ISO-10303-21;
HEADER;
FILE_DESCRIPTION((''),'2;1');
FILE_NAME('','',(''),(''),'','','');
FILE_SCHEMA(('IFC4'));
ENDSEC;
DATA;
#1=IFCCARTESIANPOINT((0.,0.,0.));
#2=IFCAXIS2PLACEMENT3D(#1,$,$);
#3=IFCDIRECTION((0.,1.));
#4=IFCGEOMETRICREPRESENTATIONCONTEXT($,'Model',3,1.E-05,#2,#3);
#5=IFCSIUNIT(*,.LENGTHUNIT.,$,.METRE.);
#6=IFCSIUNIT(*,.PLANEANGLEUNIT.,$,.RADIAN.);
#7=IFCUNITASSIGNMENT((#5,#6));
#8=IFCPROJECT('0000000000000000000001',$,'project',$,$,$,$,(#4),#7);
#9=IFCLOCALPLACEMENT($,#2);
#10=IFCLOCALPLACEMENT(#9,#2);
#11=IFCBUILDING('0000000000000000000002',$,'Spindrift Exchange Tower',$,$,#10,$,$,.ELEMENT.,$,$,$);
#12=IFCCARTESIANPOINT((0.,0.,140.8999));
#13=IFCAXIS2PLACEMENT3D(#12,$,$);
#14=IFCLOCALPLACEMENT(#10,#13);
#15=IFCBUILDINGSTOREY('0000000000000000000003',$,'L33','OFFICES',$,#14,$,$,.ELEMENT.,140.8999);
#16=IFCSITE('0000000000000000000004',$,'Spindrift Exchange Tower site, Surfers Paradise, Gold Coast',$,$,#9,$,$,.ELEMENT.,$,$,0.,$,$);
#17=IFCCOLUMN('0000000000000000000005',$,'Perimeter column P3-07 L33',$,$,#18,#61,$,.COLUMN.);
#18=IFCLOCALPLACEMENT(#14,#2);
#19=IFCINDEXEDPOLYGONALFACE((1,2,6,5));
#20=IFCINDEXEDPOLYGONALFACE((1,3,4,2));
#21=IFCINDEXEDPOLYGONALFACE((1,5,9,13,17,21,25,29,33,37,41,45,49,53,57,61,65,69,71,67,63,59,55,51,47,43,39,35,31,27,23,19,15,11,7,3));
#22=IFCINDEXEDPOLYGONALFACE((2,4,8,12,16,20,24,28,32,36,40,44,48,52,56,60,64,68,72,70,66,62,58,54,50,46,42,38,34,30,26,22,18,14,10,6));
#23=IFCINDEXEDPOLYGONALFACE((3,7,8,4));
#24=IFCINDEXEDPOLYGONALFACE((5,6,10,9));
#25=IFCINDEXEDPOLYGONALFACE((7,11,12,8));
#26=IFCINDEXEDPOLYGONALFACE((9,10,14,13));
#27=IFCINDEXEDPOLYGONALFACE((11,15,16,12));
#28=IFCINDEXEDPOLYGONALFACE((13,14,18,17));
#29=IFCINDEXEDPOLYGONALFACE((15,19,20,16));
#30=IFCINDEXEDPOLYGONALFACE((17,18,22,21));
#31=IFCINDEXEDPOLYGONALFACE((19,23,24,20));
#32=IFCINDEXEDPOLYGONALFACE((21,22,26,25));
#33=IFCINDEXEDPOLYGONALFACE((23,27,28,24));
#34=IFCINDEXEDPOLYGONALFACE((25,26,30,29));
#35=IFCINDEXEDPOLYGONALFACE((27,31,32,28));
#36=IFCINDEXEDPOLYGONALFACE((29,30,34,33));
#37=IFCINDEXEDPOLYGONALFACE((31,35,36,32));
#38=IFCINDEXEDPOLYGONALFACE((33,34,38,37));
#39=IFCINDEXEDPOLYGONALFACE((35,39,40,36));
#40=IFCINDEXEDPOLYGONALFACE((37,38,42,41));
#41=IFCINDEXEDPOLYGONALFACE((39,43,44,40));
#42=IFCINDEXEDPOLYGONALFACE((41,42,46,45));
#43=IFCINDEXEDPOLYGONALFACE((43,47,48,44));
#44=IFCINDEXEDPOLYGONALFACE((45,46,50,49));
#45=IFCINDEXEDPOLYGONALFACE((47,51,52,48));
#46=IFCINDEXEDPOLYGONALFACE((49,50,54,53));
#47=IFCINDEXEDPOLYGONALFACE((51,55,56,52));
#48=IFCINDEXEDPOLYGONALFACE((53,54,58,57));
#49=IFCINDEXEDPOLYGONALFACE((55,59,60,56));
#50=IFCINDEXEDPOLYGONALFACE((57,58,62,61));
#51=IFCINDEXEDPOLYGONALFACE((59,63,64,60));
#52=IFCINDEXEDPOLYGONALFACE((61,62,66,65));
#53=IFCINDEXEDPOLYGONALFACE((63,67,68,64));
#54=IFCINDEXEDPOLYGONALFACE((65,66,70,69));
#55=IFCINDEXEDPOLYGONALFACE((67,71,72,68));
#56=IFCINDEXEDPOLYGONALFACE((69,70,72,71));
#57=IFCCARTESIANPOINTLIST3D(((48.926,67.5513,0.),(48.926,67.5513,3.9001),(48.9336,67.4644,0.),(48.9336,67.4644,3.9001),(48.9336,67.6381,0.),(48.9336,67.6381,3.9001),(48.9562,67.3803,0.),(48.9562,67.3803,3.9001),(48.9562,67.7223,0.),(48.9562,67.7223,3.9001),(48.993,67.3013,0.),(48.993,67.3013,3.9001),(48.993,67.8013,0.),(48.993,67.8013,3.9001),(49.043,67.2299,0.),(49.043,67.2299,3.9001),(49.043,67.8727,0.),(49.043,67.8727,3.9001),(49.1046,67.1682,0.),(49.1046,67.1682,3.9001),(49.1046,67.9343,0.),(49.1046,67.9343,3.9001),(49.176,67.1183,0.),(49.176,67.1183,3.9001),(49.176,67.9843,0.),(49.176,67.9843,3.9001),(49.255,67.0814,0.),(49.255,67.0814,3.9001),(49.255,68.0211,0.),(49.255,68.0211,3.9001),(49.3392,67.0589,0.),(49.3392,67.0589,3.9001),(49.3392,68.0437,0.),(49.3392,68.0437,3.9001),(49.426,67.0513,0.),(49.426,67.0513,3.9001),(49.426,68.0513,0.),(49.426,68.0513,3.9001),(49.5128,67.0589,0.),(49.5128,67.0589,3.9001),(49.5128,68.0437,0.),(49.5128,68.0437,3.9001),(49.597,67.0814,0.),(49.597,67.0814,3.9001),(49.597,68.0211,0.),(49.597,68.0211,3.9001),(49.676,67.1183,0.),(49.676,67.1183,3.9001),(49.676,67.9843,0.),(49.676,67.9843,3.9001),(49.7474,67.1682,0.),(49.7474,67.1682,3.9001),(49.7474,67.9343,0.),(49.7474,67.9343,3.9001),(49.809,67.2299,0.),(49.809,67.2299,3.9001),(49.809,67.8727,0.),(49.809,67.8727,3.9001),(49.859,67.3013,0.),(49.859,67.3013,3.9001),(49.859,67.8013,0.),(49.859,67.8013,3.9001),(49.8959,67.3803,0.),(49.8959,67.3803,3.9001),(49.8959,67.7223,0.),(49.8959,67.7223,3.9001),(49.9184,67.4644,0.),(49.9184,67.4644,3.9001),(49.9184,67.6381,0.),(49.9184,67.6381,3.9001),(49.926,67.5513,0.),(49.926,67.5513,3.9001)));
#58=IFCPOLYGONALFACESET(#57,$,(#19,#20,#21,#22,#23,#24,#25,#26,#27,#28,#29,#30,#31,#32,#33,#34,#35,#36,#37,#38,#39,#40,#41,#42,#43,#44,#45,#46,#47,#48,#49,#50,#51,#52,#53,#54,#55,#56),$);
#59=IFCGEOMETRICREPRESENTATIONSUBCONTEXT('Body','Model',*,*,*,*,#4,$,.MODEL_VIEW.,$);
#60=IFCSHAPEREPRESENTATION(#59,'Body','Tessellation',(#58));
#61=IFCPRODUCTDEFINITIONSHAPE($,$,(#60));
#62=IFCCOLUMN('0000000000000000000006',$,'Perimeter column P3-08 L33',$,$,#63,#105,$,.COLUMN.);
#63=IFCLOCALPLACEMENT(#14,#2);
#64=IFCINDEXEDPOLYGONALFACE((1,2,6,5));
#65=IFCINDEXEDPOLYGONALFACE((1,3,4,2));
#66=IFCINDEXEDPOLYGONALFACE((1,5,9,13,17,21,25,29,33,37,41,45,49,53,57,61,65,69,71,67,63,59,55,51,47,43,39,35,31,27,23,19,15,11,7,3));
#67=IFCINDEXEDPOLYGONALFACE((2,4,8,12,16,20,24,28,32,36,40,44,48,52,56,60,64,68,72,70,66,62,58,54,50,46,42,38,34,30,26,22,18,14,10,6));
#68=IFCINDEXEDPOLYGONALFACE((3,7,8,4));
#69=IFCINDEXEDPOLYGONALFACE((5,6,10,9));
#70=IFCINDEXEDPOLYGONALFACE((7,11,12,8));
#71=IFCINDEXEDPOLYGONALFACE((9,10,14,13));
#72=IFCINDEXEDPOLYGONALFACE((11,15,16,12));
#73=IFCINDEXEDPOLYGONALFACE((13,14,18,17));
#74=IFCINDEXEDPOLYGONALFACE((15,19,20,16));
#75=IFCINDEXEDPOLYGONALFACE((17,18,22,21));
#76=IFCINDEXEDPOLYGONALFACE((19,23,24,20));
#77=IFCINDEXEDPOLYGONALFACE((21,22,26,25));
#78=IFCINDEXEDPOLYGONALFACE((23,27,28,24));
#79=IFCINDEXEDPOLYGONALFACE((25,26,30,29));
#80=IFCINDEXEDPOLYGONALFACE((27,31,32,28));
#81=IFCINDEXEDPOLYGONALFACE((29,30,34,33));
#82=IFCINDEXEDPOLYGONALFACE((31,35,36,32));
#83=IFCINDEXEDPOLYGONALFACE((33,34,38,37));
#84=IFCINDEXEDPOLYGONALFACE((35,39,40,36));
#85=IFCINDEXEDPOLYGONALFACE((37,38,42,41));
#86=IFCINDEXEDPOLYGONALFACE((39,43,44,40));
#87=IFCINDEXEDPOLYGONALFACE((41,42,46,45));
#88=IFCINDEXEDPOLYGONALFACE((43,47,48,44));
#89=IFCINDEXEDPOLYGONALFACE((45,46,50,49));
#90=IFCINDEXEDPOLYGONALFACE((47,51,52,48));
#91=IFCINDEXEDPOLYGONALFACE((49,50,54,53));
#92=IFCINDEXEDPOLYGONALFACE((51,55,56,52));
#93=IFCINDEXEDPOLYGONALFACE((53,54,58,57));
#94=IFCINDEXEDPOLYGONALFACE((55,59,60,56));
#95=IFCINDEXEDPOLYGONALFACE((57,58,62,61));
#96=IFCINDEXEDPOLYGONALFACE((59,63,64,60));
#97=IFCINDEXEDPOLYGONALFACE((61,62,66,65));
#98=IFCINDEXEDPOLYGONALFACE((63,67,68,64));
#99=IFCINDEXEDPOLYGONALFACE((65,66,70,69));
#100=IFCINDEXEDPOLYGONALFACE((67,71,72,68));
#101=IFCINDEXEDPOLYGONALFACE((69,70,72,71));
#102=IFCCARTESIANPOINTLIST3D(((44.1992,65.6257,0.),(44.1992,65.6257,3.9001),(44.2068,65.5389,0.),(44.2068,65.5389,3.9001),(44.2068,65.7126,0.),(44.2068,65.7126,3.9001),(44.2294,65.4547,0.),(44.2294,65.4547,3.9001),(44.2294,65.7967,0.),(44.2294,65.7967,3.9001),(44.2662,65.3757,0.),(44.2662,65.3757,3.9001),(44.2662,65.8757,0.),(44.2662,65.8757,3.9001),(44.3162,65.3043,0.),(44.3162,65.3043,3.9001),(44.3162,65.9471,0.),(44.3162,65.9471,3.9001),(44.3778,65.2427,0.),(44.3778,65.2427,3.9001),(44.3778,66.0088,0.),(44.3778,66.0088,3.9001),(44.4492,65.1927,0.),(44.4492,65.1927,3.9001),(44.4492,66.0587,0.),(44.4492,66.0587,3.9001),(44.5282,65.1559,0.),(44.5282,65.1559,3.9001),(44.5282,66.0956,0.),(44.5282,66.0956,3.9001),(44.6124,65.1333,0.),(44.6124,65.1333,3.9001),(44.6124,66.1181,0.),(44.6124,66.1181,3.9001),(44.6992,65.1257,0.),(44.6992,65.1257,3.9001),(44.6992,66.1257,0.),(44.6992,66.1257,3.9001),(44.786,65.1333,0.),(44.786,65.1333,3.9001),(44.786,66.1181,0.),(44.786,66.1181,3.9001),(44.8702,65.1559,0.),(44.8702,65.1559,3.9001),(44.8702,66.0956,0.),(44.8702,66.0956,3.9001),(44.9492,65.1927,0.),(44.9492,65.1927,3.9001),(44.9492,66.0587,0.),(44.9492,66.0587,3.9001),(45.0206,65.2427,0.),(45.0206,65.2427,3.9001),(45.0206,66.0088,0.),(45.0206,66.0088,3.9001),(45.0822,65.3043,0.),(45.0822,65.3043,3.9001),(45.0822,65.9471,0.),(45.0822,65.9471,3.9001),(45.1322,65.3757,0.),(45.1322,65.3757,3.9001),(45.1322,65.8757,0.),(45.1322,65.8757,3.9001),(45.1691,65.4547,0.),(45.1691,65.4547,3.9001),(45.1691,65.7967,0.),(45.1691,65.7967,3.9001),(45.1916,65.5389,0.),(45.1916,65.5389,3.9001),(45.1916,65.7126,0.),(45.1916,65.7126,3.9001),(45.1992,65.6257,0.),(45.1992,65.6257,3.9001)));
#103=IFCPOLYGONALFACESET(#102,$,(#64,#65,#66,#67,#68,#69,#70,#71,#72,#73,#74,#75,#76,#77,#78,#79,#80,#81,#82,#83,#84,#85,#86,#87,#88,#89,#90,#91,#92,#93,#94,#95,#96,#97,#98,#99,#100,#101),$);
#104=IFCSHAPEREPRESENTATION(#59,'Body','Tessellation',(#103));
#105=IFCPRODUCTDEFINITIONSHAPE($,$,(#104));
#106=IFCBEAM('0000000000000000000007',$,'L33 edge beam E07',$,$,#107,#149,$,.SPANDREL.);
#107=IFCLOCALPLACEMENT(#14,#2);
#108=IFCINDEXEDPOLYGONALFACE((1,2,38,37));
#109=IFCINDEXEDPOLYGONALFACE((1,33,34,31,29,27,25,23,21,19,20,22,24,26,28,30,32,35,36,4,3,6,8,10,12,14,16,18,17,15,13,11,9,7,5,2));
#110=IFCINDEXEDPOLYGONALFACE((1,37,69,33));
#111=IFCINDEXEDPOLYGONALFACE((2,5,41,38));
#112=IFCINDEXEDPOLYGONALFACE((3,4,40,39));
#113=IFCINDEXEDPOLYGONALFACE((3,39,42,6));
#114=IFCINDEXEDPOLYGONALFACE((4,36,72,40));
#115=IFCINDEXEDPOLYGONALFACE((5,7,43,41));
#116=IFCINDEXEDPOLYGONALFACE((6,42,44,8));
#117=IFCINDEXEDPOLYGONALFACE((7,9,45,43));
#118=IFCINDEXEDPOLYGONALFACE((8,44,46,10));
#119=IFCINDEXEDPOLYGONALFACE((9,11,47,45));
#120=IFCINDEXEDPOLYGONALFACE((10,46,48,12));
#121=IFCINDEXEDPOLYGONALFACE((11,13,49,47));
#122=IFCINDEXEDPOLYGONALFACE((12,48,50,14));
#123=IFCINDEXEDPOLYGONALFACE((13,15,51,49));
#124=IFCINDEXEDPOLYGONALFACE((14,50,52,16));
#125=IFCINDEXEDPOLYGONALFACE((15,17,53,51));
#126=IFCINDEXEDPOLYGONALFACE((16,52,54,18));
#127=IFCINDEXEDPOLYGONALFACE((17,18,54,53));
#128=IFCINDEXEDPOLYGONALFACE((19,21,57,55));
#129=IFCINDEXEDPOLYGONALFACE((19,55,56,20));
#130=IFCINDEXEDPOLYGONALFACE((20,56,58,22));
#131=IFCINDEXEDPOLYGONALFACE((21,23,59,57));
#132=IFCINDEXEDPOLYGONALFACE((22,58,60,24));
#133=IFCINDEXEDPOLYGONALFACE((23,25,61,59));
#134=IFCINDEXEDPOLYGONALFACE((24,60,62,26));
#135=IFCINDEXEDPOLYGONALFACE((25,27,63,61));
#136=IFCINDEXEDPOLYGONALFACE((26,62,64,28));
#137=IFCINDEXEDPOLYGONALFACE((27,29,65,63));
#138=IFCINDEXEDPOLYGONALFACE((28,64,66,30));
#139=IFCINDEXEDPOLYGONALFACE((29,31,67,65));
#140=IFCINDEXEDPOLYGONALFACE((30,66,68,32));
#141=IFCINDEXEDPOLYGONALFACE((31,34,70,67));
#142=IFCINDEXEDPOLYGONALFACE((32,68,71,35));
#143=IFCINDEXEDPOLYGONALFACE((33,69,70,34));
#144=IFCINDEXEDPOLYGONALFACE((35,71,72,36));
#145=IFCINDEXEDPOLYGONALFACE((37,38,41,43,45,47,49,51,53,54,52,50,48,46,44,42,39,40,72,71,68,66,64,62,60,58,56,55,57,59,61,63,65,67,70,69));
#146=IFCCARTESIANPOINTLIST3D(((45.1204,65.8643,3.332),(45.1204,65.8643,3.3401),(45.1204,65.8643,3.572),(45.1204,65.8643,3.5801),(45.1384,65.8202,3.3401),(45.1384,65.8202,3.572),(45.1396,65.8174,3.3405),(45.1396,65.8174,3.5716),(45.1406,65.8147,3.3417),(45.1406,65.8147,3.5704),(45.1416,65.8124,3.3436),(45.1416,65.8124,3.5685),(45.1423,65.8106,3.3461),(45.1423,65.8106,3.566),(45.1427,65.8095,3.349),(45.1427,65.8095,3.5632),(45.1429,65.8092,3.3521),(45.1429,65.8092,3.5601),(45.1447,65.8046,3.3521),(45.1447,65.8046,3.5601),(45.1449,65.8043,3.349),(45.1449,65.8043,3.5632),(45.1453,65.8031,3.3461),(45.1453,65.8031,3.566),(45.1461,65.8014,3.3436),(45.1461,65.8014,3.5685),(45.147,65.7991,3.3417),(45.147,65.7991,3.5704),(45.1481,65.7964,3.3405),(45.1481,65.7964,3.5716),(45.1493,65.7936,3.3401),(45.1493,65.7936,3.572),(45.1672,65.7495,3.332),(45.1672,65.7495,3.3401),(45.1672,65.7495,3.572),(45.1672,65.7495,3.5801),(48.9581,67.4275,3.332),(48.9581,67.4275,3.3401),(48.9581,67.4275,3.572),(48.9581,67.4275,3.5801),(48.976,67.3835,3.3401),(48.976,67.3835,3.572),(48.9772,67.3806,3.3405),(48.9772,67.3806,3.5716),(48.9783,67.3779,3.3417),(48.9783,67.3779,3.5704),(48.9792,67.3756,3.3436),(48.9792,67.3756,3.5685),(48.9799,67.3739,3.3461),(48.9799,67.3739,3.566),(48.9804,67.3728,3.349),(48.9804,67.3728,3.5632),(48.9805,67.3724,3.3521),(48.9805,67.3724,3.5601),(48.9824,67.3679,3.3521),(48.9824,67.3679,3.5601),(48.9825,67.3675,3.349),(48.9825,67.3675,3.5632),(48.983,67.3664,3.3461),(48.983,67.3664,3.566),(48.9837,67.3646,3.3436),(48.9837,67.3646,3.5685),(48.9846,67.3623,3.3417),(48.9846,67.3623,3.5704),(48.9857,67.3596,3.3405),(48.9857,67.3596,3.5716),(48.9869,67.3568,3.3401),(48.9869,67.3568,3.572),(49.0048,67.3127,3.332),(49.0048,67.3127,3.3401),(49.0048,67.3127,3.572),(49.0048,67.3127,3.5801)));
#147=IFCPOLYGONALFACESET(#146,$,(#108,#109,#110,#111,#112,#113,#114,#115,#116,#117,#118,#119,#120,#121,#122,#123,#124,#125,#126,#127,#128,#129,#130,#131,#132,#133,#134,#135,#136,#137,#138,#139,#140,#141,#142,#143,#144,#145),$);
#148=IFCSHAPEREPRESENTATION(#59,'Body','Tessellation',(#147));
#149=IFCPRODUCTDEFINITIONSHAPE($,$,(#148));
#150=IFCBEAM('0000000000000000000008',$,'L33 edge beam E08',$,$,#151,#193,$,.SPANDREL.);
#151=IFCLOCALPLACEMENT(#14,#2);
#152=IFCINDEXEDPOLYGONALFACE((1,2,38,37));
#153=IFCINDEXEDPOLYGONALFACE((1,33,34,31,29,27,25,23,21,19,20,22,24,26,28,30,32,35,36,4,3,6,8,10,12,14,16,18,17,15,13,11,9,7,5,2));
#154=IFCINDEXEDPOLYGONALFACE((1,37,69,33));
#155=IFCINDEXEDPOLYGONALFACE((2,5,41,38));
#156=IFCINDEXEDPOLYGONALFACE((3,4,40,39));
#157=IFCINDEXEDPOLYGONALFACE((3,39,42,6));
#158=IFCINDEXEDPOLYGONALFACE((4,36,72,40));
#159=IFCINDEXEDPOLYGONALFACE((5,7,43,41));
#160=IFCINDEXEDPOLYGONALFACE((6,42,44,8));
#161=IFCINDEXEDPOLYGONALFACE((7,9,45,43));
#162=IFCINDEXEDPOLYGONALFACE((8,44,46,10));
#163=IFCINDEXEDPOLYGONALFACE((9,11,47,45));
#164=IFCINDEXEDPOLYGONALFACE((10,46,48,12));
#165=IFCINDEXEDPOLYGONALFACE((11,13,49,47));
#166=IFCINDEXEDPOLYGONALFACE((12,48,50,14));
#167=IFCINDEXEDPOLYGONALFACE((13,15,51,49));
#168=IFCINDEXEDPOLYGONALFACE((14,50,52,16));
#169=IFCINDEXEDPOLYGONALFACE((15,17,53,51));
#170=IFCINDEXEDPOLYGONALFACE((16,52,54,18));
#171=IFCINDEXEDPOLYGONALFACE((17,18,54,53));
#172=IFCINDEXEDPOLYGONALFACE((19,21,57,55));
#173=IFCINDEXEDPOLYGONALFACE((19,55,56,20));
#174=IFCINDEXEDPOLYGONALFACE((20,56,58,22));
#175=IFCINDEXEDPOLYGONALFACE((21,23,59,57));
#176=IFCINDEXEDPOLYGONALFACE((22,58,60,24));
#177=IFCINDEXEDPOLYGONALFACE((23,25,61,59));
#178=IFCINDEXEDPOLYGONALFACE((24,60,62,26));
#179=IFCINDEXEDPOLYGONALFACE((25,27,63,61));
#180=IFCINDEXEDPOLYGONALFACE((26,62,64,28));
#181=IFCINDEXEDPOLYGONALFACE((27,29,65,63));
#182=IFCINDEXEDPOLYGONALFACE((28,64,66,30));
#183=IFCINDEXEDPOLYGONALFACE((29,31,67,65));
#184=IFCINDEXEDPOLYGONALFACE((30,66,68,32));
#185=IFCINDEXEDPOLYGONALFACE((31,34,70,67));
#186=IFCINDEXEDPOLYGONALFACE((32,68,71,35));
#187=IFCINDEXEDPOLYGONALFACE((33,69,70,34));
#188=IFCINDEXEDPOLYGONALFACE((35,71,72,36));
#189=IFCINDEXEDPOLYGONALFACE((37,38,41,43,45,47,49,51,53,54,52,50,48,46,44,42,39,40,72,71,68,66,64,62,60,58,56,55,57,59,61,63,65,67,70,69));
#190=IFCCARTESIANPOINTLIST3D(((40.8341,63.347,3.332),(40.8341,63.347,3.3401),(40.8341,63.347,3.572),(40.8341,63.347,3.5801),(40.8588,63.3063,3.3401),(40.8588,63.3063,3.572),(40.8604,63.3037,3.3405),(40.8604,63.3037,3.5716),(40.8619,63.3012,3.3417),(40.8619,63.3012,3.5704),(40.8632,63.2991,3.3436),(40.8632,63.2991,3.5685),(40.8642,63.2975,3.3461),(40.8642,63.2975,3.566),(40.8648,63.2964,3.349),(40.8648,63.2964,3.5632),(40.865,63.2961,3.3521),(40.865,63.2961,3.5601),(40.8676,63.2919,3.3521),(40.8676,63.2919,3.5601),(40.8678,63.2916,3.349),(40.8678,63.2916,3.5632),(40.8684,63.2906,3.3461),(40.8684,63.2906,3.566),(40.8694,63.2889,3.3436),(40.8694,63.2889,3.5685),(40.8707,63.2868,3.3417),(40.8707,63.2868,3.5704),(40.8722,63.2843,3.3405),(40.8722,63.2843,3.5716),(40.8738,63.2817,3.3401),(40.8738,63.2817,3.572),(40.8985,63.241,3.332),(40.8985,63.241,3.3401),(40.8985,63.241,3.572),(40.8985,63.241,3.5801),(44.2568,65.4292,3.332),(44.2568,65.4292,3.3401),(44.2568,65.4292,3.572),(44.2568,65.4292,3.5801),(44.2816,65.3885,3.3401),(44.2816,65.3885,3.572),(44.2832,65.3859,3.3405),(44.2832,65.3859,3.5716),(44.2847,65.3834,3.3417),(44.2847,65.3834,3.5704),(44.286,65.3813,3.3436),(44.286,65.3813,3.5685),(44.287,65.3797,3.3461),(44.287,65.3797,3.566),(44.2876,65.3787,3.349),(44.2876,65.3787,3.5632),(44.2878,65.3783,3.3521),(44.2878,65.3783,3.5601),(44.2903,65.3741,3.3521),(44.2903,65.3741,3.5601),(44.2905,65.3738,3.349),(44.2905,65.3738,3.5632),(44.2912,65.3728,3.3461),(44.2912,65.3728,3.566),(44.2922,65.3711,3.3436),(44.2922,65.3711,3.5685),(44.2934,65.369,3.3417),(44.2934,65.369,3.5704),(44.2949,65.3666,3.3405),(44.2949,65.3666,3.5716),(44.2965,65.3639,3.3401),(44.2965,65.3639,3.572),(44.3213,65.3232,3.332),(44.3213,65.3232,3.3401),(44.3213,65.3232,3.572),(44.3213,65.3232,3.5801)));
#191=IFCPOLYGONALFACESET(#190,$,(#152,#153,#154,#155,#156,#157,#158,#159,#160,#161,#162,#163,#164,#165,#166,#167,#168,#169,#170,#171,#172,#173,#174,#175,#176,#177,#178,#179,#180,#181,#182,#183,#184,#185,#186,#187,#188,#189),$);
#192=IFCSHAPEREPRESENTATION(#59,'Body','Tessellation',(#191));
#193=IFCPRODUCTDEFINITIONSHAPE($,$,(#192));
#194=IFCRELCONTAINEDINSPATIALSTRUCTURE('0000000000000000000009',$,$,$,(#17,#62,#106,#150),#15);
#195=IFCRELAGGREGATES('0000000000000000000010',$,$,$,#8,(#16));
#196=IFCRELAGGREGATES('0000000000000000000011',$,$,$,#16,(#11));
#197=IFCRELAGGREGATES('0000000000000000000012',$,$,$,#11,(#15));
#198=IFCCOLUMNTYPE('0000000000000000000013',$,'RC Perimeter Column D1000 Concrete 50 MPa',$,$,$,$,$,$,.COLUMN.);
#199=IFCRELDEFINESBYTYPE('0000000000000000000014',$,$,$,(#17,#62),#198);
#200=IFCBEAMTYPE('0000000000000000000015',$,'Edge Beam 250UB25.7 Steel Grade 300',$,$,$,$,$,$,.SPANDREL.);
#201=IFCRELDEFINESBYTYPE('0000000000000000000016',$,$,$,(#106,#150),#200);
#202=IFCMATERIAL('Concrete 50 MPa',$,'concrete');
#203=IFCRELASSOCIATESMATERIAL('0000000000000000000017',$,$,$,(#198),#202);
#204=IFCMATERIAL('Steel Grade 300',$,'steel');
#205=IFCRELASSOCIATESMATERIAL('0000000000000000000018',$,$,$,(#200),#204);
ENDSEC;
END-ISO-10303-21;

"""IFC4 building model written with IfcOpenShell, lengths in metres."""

from ifc_helpers import new_model, si_unit, direction, frame, origin, origin_2d, place, context, subcontext, project, spatial, circle, i_section, extrude, source, transform, mapped, material, material_profile, profile_set, type_object, element, save


model = new_model("IFC4")

# Units and contexts
model_context = context("Model", 3, precision=1e-05, world=origin(), true_north=direction((0.0, 1.0)))
body_context = subcontext(model_context, "Body", "Model", "MODEL_VIEW")
ifc_project = project(units=[si_unit("LENGTHUNIT", "METRE"), si_unit("PLANEANGLEUNIT", "RADIAN")], contexts=[model_context])

# Site, building, storey
site_placement = place(None, origin())
site = spatial("IfcSite", under=ifc_project, at=site_placement, Name="Spindrift Exchange Tower site, Surfers Paradise, Gold Coast", CompositionType="ELEMENT", RefElevation=0.0)
building_placement = place(site_placement, origin())
building = spatial("IfcBuilding", under=site, at=building_placement, Name="Spindrift Exchange Tower", CompositionType="ELEMENT")
storey_placement = place(building_placement, frame((0.0, 0.0, 140.8999)))
storey = spatial("IfcBuildingStorey", under=building, at=storey_placement, Name="L33", Description="OFFICES", CompositionType="ELEMENT", Elevation=140.8999)

# Columns
ifc_material_1 = material(Name="Concrete 50 MPa", Category="concrete")
ifc_material_profile_1 = material_profile(ifc_material_1, circle(Radius=0.5, at=origin_2d()), Name="RC D1000")
ifc_profile_set_1 = profile_set([ifc_material_profile_1], Name="Concrete 50 MPa")
column_type = type_object("IfcColumnType", Name="RC Perimeter Column D1000 Concrete 50 MPa", PredefinedType="COLUMN", material=ifc_profile_set_1)
shared_shape_1 = source(origin(), body_context, "Body", "SweptSolid", [
    extrude(circle(Radius=0.5, at=origin_2d()), origin(), (0.0, 0.0, 1.0), 3.9001),
])
for number, where, z_axis, x_axis, name in (
    (1, (49.426, 67.5513, 0.0), (0.0, 0.0, 1.0), (1.0, 0.0, 0.0), "Perimeter column P3-07 L33"),
    (2, (44.6992, 65.6257, 0.0), (0.0, 0.0, 1.0), (1.0, 0.0, 0.0), "Perimeter column P3-08 L33"),
):
    element("IfcColumn", number, at=place(storey_placement, frame(where, z_axis=z_axis, x_axis=x_axis)), inside=storey, type_object=column_type, Name=name, PredefinedType="COLUMN", context=body_context, shape_type="MappedRepresentation", body=[
        mapped(shared_shape_1, transform((0.0, 0.0, 0.0), scale=1.0)),
    ])

# Beams
ifc_material_2 = material(Name="Steel Grade 300", Category="steel")
ifc_material_profile_2 = material_profile(ifc_material_2, i_section(OverallWidth=0.124, OverallDepth=0.248, WebThickness=0.0049, FlangeThickness=0.0081, FilletRadius=0.012, at=origin_2d()), Name="250UB25.7")
ifc_profile_set_2 = profile_set([ifc_material_profile_2], Name="Steel Grade 300")
beam_type_1 = type_object("IfcBeamType", Name="Edge Beam 250UB25.7 Steel Grade 300", PredefinedType="SPANDREL", material=ifc_profile_set_2)
shared_shape_2 = source(origin(), body_context, "Body", "SweptSolid", [
    extrude(i_section(OverallWidth=0.124, OverallDepth=0.248, WebThickness=0.0049, FlangeThickness=0.0081, FilletRadius=0.012, at=origin_2d()), origin(), (0.0, 0.0, 1.0), 4.1438),
])
beam_1_placement = place(storey_placement, frame((48.9814, 67.3701, 3.4561), z_axis=(-0.926114, -0.377244, 0.0), x_axis=(0.377244, -0.926114, 0.0)))
element("IfcBeam", 3, at=beam_1_placement, inside=storey, type_object=beam_type_1, Name="L33 edge beam E07", PredefinedType="SPANDREL", context=body_context, shape_type="MappedRepresentation", body=[
    mapped(shared_shape_2, transform((0.0, 0.0, 0.0), scale=1.0)),
])
shared_shape_3 = source(origin(), body_context, "Body", "SweptSolid", [
    extrude(i_section(OverallWidth=0.124, OverallDepth=0.248, WebThickness=0.0049, FlangeThickness=0.0081, FilletRadius=0.012, at=origin_2d()), origin(), (0.0, 0.0, 1.0), 4.0063),
])
beam_2_placement = place(storey_placement, frame((44.2891, 65.3762, 3.4561), z_axis=(-0.854331, -0.519728, 0.0), x_axis=(0.519728, -0.854331, 0.0)))
element("IfcBeam", 4, at=beam_2_placement, inside=storey, type_object=beam_type_1, Name="L33 edge beam E08", PredefinedType="SPANDREL", context=body_context, shape_type="MappedRepresentation", body=[
    mapped(shared_shape_3, transform((0.0, 0.0, 0.0), scale=1.0)),
])

save(model, "model.ifc")
